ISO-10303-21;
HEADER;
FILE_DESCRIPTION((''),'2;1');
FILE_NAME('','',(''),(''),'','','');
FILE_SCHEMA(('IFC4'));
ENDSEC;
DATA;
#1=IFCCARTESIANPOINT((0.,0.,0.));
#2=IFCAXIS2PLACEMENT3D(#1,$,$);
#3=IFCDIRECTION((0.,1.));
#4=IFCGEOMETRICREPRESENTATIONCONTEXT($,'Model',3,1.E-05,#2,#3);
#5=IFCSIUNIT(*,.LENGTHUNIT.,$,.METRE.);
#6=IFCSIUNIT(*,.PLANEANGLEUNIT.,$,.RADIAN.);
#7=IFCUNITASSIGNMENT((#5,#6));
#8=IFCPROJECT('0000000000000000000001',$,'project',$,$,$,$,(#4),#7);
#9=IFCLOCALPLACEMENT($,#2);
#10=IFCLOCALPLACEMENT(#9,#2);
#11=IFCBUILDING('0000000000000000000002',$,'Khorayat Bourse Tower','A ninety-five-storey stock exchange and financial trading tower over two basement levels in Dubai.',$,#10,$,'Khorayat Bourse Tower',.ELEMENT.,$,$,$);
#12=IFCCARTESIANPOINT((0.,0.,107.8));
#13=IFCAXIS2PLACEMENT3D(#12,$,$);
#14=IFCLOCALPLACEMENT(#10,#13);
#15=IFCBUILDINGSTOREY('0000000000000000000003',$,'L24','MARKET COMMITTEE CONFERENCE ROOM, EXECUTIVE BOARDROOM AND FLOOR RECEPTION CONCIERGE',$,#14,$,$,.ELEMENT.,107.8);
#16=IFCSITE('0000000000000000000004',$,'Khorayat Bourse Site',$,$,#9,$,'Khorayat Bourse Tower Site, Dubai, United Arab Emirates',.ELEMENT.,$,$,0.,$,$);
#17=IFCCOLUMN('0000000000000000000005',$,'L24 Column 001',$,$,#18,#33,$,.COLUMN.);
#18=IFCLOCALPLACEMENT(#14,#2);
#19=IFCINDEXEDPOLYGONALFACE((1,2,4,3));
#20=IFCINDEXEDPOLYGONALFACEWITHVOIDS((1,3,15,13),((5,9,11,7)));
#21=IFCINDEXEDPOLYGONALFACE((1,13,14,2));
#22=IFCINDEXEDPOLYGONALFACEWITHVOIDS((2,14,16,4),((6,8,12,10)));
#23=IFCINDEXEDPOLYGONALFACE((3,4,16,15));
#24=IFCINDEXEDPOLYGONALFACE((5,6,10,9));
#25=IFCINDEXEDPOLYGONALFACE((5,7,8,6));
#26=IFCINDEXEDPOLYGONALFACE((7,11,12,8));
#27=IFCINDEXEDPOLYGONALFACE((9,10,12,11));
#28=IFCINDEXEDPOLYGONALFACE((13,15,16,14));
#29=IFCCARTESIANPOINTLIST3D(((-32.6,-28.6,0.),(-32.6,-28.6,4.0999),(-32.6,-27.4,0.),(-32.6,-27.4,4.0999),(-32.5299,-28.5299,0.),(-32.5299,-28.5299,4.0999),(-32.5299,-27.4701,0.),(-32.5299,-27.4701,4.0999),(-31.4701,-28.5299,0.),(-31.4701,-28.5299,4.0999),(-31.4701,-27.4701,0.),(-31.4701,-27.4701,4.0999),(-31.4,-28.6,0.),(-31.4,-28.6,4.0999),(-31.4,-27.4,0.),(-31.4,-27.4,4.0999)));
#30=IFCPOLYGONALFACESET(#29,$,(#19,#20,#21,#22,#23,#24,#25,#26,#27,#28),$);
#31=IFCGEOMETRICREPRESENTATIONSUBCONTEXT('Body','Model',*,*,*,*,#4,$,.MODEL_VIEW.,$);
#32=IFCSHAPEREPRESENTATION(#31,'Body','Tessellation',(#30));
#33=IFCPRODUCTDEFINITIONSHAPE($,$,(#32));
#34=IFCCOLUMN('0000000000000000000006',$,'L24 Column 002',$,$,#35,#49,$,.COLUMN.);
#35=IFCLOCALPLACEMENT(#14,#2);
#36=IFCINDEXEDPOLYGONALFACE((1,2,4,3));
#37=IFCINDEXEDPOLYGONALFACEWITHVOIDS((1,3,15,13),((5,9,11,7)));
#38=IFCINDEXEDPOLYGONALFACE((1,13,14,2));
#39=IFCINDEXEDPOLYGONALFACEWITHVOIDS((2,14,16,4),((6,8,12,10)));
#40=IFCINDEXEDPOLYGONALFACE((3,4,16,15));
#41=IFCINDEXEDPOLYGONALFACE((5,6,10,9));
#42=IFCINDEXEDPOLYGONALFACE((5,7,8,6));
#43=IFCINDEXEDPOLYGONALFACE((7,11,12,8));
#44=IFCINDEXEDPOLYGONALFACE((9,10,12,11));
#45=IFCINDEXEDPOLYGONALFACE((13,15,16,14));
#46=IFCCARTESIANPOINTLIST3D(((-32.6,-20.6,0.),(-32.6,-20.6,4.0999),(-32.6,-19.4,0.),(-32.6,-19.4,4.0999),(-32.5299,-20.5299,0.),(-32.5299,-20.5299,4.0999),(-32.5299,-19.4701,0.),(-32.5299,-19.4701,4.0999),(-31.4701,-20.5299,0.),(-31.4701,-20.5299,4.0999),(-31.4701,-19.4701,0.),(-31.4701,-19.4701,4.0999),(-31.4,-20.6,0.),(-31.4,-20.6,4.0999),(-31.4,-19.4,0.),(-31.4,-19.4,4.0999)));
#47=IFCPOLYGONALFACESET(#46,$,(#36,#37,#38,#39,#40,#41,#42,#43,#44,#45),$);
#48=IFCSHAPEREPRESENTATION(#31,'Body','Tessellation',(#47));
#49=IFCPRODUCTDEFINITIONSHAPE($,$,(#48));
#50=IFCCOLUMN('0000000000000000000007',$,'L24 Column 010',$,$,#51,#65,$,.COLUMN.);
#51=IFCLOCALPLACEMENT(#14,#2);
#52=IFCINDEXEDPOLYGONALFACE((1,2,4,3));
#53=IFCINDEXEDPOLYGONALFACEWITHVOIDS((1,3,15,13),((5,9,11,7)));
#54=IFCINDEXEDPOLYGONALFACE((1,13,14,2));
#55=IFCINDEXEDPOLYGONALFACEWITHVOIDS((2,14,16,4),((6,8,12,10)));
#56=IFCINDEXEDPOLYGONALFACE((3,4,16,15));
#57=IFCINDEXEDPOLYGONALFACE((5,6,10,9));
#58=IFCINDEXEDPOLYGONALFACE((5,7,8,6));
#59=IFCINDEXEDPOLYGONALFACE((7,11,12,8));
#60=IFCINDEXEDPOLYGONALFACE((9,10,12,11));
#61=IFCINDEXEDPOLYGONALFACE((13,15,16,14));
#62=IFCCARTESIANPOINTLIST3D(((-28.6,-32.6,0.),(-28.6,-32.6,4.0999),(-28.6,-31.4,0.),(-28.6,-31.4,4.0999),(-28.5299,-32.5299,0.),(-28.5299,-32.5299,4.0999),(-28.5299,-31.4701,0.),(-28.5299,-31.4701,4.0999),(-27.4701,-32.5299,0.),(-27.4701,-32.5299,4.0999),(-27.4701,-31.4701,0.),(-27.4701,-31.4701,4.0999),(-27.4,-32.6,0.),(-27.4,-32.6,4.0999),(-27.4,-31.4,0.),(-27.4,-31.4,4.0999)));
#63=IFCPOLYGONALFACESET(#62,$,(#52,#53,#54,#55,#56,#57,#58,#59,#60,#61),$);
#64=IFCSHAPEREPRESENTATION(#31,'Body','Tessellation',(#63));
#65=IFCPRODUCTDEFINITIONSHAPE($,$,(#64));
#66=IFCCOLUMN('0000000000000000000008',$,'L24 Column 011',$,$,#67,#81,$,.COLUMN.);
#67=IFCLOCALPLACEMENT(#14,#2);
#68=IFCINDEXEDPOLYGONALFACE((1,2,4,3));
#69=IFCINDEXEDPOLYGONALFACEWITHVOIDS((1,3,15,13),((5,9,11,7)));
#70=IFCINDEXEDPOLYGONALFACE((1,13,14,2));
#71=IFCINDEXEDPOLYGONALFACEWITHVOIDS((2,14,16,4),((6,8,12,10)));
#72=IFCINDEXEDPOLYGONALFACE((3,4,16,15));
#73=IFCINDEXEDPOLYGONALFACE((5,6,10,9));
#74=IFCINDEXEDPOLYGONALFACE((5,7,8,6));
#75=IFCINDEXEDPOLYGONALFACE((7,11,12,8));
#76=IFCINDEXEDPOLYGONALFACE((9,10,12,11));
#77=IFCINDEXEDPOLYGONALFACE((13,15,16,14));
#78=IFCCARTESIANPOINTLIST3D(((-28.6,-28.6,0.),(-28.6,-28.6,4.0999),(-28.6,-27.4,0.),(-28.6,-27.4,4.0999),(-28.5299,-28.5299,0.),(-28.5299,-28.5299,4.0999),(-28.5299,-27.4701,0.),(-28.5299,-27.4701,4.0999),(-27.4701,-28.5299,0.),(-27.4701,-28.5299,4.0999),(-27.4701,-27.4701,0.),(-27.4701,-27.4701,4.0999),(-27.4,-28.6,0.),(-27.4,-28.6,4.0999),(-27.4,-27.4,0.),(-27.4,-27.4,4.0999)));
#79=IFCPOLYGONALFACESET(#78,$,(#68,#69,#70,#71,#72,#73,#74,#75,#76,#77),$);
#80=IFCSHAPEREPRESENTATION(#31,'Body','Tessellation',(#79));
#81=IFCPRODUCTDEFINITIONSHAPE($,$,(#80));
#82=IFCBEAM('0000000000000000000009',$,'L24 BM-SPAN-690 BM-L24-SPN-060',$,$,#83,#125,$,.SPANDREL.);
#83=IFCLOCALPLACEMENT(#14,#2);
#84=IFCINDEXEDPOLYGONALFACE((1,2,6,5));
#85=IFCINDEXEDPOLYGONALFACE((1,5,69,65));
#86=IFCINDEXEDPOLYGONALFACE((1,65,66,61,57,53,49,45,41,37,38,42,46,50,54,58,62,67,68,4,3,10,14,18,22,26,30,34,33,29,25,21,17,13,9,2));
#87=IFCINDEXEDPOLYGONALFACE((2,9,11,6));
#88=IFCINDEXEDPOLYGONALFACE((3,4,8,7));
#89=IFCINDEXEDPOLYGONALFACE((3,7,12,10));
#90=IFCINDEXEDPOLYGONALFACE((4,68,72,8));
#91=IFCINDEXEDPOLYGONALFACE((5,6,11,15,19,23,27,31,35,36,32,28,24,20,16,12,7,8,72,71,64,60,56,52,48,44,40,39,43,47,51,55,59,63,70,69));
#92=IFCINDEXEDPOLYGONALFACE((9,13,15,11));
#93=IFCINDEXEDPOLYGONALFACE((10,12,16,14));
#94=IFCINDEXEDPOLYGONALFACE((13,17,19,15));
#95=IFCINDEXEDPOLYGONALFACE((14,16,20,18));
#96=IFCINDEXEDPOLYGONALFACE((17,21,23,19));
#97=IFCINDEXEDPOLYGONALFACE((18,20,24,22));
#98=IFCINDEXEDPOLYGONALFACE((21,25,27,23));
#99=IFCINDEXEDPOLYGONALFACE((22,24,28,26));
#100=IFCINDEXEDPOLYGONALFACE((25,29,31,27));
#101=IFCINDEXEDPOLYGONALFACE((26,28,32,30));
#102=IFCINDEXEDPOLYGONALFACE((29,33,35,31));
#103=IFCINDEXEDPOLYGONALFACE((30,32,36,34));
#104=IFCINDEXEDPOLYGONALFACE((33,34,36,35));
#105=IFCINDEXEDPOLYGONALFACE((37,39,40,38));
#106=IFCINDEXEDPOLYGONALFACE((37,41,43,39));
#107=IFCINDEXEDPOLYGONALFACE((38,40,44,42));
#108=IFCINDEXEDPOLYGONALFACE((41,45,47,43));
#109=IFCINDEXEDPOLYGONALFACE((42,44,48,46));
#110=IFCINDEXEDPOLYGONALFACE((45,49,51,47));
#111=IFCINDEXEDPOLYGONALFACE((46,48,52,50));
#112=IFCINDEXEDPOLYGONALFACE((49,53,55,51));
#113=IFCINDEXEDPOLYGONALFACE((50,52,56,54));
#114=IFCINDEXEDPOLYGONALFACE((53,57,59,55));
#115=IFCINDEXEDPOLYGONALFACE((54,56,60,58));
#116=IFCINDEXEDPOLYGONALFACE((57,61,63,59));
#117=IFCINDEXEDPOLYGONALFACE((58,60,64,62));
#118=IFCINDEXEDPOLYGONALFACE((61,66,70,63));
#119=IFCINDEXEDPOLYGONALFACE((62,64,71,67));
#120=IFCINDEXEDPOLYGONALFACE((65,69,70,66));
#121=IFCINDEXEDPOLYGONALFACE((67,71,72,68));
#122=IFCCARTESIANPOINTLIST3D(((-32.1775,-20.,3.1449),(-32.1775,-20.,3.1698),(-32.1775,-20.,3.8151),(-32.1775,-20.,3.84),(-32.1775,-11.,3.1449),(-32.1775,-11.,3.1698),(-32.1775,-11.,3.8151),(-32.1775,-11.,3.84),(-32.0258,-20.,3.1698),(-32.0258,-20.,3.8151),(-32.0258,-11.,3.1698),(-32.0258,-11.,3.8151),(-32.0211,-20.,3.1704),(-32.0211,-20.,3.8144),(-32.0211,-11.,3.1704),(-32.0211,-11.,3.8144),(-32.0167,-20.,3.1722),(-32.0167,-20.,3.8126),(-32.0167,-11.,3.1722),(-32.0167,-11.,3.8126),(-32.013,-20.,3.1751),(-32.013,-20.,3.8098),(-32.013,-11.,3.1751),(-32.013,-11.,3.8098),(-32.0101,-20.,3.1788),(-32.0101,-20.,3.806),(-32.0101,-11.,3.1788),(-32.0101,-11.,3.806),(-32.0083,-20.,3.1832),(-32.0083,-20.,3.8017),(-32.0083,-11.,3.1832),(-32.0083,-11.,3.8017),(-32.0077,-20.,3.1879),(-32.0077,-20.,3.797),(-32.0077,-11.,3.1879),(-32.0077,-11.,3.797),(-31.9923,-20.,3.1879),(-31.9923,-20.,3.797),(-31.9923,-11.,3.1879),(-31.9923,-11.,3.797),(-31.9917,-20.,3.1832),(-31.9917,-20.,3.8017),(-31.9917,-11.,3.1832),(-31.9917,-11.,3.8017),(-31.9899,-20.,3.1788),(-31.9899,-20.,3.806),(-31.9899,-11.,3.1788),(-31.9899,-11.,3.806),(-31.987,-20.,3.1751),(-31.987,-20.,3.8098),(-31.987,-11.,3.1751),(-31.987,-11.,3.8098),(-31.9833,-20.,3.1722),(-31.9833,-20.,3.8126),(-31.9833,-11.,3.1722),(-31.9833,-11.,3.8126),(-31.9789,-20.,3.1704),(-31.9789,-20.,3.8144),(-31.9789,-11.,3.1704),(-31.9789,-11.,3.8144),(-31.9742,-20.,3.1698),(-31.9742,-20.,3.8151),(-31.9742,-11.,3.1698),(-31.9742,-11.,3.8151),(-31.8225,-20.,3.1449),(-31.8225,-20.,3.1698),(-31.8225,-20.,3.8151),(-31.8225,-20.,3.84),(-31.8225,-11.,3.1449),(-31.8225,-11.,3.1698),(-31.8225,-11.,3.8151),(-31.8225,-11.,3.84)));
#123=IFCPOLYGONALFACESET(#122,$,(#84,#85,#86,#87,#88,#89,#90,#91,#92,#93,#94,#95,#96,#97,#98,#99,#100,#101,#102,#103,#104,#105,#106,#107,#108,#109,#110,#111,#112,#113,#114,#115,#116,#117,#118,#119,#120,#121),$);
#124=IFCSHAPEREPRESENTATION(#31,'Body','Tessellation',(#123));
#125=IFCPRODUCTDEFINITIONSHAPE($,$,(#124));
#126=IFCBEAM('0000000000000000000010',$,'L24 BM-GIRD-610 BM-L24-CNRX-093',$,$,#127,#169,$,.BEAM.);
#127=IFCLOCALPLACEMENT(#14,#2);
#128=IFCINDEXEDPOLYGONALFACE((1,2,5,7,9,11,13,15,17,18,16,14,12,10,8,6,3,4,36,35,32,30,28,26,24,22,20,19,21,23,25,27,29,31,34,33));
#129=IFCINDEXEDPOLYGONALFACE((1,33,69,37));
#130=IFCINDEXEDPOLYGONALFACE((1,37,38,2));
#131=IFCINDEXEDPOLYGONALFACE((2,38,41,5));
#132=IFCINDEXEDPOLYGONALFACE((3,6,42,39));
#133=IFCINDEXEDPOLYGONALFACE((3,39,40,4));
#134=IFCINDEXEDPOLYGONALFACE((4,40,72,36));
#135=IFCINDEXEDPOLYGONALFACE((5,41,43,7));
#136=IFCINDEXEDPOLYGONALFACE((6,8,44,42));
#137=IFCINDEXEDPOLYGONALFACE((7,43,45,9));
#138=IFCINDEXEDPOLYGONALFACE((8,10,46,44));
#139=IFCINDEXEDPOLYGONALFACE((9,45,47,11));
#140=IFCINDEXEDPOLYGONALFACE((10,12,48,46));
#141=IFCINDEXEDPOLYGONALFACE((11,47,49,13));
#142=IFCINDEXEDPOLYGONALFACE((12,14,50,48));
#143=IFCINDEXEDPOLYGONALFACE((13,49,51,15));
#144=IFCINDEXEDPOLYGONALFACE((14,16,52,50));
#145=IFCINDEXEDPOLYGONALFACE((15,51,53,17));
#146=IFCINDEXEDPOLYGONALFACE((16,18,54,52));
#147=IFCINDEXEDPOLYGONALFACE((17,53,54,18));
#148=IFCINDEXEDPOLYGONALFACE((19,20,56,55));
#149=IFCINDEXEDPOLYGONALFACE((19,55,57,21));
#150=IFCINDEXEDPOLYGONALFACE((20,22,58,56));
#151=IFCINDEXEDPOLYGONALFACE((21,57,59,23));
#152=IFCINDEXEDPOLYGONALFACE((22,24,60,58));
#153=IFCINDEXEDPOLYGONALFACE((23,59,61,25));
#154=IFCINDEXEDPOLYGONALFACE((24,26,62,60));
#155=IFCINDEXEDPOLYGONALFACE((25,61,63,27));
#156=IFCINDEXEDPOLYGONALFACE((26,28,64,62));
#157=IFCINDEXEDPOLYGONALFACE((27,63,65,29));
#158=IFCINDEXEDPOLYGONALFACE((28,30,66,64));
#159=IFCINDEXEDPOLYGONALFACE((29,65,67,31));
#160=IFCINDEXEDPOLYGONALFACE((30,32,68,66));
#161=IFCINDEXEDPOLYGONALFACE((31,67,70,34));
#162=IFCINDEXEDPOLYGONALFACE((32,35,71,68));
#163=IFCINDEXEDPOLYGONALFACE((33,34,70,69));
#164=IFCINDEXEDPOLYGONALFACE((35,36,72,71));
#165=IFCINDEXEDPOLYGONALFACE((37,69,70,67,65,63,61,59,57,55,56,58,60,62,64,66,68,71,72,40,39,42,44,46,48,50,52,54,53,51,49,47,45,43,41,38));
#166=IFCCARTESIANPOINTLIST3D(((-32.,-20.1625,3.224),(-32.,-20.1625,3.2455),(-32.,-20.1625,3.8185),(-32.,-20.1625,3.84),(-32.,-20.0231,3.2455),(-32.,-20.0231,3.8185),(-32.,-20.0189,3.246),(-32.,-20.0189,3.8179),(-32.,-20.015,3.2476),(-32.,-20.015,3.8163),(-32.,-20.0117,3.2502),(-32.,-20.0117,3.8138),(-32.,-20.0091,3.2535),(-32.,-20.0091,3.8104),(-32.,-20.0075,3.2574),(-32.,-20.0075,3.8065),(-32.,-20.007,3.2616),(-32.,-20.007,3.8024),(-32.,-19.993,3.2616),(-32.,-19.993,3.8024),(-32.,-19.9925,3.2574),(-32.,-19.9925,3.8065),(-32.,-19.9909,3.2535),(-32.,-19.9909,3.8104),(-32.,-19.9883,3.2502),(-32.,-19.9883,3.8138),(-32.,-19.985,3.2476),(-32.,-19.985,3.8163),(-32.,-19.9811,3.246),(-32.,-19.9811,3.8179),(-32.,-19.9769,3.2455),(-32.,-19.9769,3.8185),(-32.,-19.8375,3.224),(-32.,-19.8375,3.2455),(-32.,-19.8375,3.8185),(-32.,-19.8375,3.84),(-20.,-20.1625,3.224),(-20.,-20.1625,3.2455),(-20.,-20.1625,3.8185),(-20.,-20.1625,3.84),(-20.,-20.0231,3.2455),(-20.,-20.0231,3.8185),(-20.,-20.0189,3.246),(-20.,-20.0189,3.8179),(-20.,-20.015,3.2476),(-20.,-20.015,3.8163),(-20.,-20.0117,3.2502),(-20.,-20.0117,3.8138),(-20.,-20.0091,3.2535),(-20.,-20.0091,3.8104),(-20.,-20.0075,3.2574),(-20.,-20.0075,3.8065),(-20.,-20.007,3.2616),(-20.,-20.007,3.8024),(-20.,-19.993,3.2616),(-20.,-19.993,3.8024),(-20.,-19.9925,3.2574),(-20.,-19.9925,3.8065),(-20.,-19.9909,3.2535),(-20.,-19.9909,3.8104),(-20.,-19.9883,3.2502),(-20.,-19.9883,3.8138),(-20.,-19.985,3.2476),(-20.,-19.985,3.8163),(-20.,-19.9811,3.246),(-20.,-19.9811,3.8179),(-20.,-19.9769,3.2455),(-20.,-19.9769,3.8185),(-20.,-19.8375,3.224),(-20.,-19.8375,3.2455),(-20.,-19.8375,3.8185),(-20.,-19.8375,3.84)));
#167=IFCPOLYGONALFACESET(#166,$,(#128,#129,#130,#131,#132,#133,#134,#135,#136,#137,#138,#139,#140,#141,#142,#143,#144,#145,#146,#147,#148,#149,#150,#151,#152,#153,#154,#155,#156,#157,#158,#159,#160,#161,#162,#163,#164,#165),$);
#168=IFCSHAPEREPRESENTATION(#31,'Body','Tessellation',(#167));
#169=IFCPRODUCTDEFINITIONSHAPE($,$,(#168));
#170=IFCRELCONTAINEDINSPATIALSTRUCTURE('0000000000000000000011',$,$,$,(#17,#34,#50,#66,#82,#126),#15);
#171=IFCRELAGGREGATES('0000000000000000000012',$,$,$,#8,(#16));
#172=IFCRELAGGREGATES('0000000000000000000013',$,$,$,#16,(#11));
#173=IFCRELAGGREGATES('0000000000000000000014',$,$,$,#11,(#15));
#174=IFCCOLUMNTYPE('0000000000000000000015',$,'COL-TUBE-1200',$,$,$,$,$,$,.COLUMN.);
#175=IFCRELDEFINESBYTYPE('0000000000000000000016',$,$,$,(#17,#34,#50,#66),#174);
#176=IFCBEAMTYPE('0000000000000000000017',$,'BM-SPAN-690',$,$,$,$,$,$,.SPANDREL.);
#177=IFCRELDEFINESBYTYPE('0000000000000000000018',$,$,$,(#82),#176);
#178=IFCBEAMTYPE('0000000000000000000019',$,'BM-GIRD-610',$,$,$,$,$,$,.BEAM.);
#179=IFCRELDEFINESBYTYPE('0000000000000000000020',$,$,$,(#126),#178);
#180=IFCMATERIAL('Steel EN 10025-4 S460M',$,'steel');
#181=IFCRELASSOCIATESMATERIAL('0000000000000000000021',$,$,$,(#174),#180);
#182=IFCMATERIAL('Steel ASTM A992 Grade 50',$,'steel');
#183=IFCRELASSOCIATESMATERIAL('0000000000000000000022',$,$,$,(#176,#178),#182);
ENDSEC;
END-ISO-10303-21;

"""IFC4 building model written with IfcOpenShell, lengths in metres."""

from ifc_helpers import new_model, si_unit, direction, frame, origin, origin_2d, place, context, subcontext, project, spatial, hollow_rectangle, i_section, extrude, source, transform, mapped, material, material_profile, profile_set, type_object, element, save


model = new_model("IFC4")

# Units and contexts
model_context = context("Model", 3, precision=1e-05, world=origin(), true_north=direction((0.0, 1.0)))
body_context = subcontext(model_context, "Body", "Model", "MODEL_VIEW")
ifc_project = project(units=[si_unit("LENGTHUNIT", "METRE"), si_unit("PLANEANGLEUNIT", "RADIAN")], contexts=[model_context])

# Site, building, storey
site_placement = place(None, origin())
site = spatial("IfcSite", under=ifc_project, at=site_placement, Name="Khorayat Bourse Site", LongName="Khorayat Bourse Tower Site, Dubai, United Arab Emirates", CompositionType="ELEMENT", RefElevation=0.0)
building_placement = place(site_placement, origin())
building = spatial("IfcBuilding", under=site, at=building_placement, Name="Khorayat Bourse Tower", Description="A ninety-five-storey stock exchange and financial trading tower over two basement levels in Dubai.", LongName="Khorayat Bourse Tower", CompositionType="ELEMENT")
storey_placement = place(building_placement, frame((0.0, 0.0, 107.8)))
storey = spatial("IfcBuildingStorey", under=building, at=storey_placement, Name="L24", Description="MARKET COMMITTEE CONFERENCE ROOM, EXECUTIVE BOARDROOM AND FLOOR RECEPTION CONCIERGE", CompositionType="ELEMENT", Elevation=107.8)

# Columns
ifc_material_1 = material(Name="Steel EN 10025-4 S460M", Category="steel")
ifc_material_profile_1 = material_profile(ifc_material_1, hollow_rectangle(XDim=1.2, YDim=1.2, WallThickness=0.0701, at=origin_2d()), Name="BOX 1200x1200x70")
ifc_profile_set_1 = profile_set([ifc_material_profile_1], Name="Steel EN 10025-4 S460M")
column_type = type_object("IfcColumnType", Name="COL-TUBE-1200", PredefinedType="COLUMN", material=ifc_profile_set_1)
shared_shape_1 = source(origin(), body_context, "Body", "SweptSolid", [
    extrude(hollow_rectangle(XDim=1.2, YDim=1.2, WallThickness=0.0701, at=origin_2d()), origin(), (0.0, 0.0, 1.0), 4.0999),
])
for number, where, z_axis, x_axis, name in (
    (1, (-32.0, -28.0, 0.0), (0.0, 0.0, 1.0), (1.0, 0.0, 0.0), "L24 Column 001"),
    (2, (-32.0, -20.0, 0.0), (0.0, 0.0, 1.0), (1.0, 0.0, 0.0), "L24 Column 002"),
    (3, (-28.0, -32.0, 0.0), (0.0, 0.0, 1.0), (1.0, 0.0, 0.0), "L24 Column 010"),
    (4, (-28.0, -28.0, 0.0), (0.0, 0.0, 1.0), (1.0, 0.0, 0.0), "L24 Column 011"),
):
    element("IfcColumn", number, at=place(storey_placement, frame(where, z_axis=z_axis, x_axis=x_axis)), inside=storey, type_object=column_type, Name=name, PredefinedType="COLUMN", context=body_context, shape_type="MappedRepresentation", body=[
        mapped(shared_shape_1, transform((0.0, 0.0, 0.0), scale=1.0)),
    ])

# Beams
ifc_material_2 = material(Name="Steel ASTM A992 Grade 50", Category="steel")
ifc_material_profile_2 = material_profile(ifc_material_2, i_section(OverallWidth=0.355, OverallDepth=0.6951, WebThickness=0.0154, FlangeThickness=0.0249, FilletRadius=0.0181, at=origin_2d()), Name="W690X217")
ifc_profile_set_2 = profile_set([ifc_material_profile_2], Name="Steel ASTM A992 Grade 50")
beam_type_1 = type_object("IfcBeamType", Name="BM-SPAN-690", PredefinedType="SPANDREL", material=ifc_profile_set_2)
shared_shape_2 = source(origin(), body_context, "Body", "SweptSolid", [
    extrude(i_section(OverallWidth=0.355, OverallDepth=0.6951, WebThickness=0.0154, FlangeThickness=0.0249, FilletRadius=0.0181, at=origin_2d()), origin(), (0.0, 0.0, 1.0), 9.0),
])
beam_1_placement = place(storey_placement, frame((-32.0, -20.0, 3.4924), z_axis=(0.0, 1.0, 0.0), x_axis=(-1.0, 0.0, 0.0)))
element("IfcBeam", 5, at=beam_1_placement, inside=storey, type_object=beam_type_1, Name="L24 BM-SPAN-690 BM-L24-SPN-060", PredefinedType="SPANDREL", context=body_context, shape_type="MappedRepresentation", body=[
    mapped(shared_shape_2, transform((0.0, 0.0, 0.0), scale=1.0)),
])
ifc_material_profile_3 = material_profile(ifc_material_2, i_section(OverallWidth=0.325, OverallDepth=0.616, WebThickness=0.0139, FlangeThickness=0.0215, FilletRadius=0.0161, at=origin_2d()), Name="W610X174")
ifc_profile_set_3 = profile_set([ifc_material_profile_3], Name="Steel ASTM A992 Grade 50")
beam_type_2 = type_object("IfcBeamType", Name="BM-GIRD-610", PredefinedType="BEAM", material=ifc_profile_set_3)
shared_shape_3 = source(origin(), body_context, "Body", "SweptSolid", [
    extrude(i_section(OverallWidth=0.325, OverallDepth=0.616, WebThickness=0.0139, FlangeThickness=0.0215, FilletRadius=0.0161, at=origin_2d()), origin(), (0.0, 0.0, 1.0), 12.0),
])
beam_2_placement = place(storey_placement, frame((-32.0, -20.0, 3.532), z_axis=(1.0, 0.0, 0.0), x_axis=(0.0, 1.0, 0.0)))
element("IfcBeam", 6, at=beam_2_placement, inside=storey, type_object=beam_type_2, Name="L24 BM-GIRD-610 BM-L24-CNRX-093", PredefinedType="BEAM", context=body_context, shape_type="MappedRepresentation", body=[
    mapped(shared_shape_3, transform((0.0, 0.0, 0.0), scale=1.0)),
])

save(model, "model.ifc")
